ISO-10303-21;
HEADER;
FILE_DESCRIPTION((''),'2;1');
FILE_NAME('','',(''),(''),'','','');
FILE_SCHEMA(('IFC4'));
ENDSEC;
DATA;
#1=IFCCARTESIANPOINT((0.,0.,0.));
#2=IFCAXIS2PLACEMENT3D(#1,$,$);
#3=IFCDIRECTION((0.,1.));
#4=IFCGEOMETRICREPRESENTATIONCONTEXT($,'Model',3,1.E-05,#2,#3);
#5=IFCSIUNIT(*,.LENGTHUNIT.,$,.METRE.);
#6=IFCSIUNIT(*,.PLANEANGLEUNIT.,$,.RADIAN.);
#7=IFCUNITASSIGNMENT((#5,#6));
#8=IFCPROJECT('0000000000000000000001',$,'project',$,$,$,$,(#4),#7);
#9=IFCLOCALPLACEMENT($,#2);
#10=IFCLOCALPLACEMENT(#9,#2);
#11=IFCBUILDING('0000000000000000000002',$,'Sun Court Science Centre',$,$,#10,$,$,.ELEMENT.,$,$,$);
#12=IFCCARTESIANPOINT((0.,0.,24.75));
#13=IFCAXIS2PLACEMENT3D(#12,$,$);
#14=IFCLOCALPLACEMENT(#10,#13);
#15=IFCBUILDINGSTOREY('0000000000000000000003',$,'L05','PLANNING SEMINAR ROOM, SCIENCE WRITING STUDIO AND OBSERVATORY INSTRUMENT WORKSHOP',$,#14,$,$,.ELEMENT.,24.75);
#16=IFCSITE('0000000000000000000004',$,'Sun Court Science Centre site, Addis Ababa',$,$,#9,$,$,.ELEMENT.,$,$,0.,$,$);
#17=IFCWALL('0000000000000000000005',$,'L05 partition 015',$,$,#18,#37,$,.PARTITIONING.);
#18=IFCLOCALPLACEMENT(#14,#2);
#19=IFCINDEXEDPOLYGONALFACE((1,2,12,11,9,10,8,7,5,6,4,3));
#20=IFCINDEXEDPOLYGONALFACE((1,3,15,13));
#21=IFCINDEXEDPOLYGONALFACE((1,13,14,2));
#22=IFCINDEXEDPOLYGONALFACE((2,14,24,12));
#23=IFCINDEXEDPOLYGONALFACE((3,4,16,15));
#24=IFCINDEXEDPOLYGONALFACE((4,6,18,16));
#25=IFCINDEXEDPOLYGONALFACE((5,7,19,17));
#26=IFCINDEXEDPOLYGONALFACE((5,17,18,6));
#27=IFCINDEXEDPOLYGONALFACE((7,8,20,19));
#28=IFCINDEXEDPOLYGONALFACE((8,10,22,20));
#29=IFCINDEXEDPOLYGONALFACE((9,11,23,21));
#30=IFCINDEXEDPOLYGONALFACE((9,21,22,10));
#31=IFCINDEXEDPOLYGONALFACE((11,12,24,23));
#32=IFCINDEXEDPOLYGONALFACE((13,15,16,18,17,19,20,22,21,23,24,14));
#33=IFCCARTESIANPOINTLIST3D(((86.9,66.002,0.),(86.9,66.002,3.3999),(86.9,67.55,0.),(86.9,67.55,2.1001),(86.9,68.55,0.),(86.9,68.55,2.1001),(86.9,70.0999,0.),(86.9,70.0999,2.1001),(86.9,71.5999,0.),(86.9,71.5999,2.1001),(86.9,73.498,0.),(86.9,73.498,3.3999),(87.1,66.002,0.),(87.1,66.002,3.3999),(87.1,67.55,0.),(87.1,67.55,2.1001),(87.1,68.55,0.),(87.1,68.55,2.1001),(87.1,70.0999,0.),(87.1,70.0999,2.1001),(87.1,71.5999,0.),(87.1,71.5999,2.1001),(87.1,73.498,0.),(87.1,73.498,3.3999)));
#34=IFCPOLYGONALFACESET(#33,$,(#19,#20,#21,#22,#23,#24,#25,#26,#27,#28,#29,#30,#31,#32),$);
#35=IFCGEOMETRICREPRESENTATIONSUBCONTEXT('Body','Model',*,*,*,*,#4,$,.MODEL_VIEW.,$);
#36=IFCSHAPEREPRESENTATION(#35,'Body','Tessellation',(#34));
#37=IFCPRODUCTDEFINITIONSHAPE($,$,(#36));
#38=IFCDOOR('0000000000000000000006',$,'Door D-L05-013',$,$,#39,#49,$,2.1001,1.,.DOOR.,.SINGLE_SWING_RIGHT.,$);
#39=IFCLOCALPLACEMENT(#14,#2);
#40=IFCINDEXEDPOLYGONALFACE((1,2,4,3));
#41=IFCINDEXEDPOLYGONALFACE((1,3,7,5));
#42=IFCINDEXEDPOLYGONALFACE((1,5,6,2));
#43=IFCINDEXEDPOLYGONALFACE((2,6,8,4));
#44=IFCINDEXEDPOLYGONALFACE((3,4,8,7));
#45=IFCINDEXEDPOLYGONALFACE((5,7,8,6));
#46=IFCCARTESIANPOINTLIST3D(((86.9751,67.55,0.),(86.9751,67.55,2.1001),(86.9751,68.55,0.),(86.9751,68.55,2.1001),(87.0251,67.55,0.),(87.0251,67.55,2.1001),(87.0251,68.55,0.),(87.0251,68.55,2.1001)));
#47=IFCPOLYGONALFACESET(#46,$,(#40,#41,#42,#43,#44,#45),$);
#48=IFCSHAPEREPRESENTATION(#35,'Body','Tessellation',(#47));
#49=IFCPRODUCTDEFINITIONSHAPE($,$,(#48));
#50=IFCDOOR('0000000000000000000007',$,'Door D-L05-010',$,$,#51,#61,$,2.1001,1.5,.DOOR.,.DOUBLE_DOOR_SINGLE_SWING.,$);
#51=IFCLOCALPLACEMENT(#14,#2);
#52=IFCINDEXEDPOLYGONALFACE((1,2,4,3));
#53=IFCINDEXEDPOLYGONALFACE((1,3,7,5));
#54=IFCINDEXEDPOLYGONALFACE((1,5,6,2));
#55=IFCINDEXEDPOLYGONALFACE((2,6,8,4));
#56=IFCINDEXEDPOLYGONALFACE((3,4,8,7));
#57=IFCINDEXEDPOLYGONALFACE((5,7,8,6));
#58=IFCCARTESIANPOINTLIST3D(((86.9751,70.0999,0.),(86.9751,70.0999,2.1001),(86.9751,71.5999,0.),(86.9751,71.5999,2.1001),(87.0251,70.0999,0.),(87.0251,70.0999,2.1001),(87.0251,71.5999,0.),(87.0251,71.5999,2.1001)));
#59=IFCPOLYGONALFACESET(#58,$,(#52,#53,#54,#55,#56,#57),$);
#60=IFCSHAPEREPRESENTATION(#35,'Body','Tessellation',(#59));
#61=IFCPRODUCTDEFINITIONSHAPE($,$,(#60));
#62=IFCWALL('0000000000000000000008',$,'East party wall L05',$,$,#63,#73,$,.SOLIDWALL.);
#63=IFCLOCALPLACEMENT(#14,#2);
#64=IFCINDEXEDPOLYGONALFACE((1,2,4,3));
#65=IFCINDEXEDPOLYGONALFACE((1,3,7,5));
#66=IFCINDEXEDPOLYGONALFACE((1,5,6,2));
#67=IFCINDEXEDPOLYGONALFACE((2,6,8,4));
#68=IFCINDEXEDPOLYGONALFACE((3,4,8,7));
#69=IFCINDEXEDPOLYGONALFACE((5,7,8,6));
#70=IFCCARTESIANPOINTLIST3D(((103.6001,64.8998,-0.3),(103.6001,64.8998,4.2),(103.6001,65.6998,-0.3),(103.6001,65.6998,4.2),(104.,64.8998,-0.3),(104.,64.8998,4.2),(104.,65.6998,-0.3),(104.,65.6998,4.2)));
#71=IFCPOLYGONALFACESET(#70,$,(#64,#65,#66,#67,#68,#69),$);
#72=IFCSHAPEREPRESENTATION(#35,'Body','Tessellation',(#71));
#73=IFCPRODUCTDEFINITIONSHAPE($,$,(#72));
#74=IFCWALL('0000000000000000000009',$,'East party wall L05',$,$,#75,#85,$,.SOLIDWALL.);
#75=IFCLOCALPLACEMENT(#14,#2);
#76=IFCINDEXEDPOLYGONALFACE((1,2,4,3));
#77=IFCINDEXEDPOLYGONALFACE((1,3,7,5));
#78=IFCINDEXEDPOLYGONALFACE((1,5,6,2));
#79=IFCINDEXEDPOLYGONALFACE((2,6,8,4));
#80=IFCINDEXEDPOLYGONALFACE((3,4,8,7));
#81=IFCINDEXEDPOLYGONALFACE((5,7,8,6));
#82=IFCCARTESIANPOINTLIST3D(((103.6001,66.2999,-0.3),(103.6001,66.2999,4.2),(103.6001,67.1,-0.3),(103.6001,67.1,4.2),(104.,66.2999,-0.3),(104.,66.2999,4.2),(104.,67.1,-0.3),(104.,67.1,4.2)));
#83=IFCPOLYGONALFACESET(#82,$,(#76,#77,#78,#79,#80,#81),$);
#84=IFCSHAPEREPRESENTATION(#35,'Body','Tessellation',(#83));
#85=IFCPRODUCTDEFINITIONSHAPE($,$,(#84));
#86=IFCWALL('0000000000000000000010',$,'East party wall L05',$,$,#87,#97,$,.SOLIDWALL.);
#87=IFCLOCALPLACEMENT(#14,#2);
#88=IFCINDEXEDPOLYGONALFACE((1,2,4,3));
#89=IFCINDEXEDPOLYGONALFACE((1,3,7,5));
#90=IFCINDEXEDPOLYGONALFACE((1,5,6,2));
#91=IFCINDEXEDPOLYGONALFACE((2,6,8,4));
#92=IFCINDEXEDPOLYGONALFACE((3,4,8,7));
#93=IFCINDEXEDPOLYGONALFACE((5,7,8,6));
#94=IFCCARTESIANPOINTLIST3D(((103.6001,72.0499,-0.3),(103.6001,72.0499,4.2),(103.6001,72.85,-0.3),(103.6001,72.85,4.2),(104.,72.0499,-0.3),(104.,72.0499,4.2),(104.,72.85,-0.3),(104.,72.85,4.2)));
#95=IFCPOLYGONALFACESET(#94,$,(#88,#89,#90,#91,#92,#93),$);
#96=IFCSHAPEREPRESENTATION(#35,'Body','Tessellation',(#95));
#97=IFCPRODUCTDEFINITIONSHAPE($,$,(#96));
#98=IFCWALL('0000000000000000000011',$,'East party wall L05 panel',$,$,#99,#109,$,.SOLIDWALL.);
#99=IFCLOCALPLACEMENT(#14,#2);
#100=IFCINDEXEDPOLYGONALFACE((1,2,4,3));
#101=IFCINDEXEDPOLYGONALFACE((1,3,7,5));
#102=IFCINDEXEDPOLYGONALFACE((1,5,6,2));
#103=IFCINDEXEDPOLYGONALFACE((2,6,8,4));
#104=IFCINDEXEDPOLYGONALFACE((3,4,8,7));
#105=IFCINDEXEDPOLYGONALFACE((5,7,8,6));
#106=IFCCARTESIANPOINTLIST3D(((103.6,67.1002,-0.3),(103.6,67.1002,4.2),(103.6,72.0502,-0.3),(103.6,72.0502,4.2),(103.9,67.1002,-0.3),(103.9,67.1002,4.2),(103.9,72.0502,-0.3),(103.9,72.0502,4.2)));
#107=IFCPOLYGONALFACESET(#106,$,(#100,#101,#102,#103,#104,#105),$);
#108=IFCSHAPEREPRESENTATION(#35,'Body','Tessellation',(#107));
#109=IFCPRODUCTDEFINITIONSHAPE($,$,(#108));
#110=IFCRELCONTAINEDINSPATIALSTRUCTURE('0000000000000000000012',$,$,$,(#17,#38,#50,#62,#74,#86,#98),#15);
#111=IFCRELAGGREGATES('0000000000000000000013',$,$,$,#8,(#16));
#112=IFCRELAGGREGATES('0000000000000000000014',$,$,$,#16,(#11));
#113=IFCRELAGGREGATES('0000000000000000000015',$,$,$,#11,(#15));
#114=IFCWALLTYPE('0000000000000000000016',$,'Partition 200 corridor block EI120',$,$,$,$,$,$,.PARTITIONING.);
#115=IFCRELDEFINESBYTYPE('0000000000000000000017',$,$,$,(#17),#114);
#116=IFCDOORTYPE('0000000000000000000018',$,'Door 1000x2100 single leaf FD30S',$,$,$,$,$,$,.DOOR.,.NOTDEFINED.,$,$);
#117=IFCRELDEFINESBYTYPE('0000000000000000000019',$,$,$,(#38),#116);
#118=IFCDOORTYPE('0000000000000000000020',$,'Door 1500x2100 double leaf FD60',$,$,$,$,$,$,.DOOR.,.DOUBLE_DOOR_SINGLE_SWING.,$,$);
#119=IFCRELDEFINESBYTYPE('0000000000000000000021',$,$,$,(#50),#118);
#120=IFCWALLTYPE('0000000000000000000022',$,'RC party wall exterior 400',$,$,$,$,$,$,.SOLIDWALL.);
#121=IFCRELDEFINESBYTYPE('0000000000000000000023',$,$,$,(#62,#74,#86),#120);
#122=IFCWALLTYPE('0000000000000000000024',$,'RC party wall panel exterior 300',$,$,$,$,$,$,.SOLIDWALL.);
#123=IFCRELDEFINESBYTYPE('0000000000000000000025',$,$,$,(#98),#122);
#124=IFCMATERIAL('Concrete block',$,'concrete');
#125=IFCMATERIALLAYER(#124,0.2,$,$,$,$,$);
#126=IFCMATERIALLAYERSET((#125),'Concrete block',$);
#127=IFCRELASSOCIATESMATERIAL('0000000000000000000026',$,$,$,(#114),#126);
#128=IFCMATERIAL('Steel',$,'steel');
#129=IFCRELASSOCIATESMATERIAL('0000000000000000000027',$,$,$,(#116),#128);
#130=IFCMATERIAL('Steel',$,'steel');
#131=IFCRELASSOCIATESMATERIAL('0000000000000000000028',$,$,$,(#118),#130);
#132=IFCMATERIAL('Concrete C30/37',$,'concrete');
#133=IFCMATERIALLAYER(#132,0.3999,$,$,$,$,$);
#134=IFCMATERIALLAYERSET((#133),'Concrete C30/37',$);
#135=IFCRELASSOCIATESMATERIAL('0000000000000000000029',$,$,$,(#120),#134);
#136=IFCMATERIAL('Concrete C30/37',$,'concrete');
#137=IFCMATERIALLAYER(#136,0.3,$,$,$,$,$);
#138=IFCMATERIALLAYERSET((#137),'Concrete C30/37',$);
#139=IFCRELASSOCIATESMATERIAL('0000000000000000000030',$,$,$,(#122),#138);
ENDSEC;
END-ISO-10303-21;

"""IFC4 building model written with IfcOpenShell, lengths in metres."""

from ifc_helpers import new_model, si_unit, direction, frame, frame_2d, origin, place, context, subcontext, project, spatial, rectangle, extrude, material, layer, layer_set, type_object, element, fill, save


model = new_model("IFC4")

# Units and contexts
model_context = context("Model", 3, precision=1e-05, world=origin(), true_north=direction((0.0, 1.0)))
body_context = subcontext(model_context, "Body", "Model", "MODEL_VIEW")
ifc_project = project(units=[si_unit("LENGTHUNIT", "METRE"), si_unit("PLANEANGLEUNIT", "RADIAN")], contexts=[model_context])

# Site, building, storey
site_placement = place(None, origin())
site = spatial("IfcSite", under=ifc_project, at=site_placement, Name="Sun Court Science Centre site, Addis Ababa", CompositionType="ELEMENT", RefElevation=0.0)
building_placement = place(site_placement, origin())
building = spatial("IfcBuilding", under=site, at=building_placement, Name="Sun Court Science Centre", CompositionType="ELEMENT")
storey_placement = place(building_placement, frame((0.0, 0.0, 24.75)))
storey = spatial("IfcBuildingStorey", under=building, at=storey_placement, Name="L05", Description="PLANNING SEMINAR ROOM, SCIENCE WRITING STUDIO AND OBSERVATORY INSTRUMENT WORKSHOP", CompositionType="ELEMENT", Elevation=24.75)

# Wall, openings, doors
ifc_material_1 = material(Name="Concrete block", Category="concrete")
ifc_layer_1 = layer(ifc_material_1, 0.2)
ifc_layer_set_1 = layer_set([ifc_layer_1], Name="Concrete block")
wall_type_1 = type_object("IfcWallType", Name="Partition 200 corridor block EI120", PredefinedType="PARTITIONING", material=ifc_layer_set_1)
wall_1_placement = place(storey_placement, frame((87.0, 66.002, 0.0), z_axis=(0.0, 0.0, 1.0), x_axis=(0.0, 1.0, 0.0)))
wall_1 = element("IfcWall", 1, at=wall_1_placement, inside=storey, type_object=wall_type_1, Name="L05 partition 015", PredefinedType="PARTITIONING", context=body_context, shape_type="SweptSolid", body=[
    extrude(rectangle(XDim=7.4961, YDim=0.2, at=frame_2d((3.748, 0.0))), origin(), (0.0, 0.0, 1.0), 3.3999),
])
opening_1_placement = place(wall_1_placement, frame((4.0979, 0.0, 0.0)))
opening_1 = element("IfcOpeningElement", 2, at=opening_1_placement, cuts=wall_1, PredefinedType="OPENING", context=body_context, shape_type="SweptSolid", body=[
    extrude(rectangle(XDim=1.5, YDim=2.1001, at=frame_2d((0.75, 1.05))), frame((0.0, 0.1099, 0.0), z_axis=(0.0, -1.0, 0.0), x_axis=(1.0, 0.0, 0.0)), (0.0, 0.0, 1.0), 0.22),
])
opening_2_placement = place(wall_1_placement, frame((1.5481, 0.0, 0.0)))
opening_2 = element("IfcOpeningElement", 3, at=opening_2_placement, cuts=wall_1, PredefinedType="OPENING", context=body_context, shape_type="SweptSolid", body=[
    extrude(rectangle(XDim=1.0, YDim=2.1001, at=frame_2d((0.5, 1.05))), frame((0.0, 0.1099, 0.0), z_axis=(0.0, -1.0, 0.0), x_axis=(1.0, 0.0, 0.0)), (0.0, 0.0, 1.0), 0.22),
])
ifc_material_2 = material(Name="Steel", Category="steel")
door_type_1 = type_object("IfcDoorType", Name="Door 1000x2100 single leaf FD30S", OperationType="NOTDEFINED", PredefinedType="DOOR", material=ifc_material_2)
door_1_placement = place(opening_2_placement, origin())
door_1 = element("IfcDoor", 4, at=door_1_placement, inside=storey, type_object=door_type_1, Name="Door D-L05-013", OperationType="SINGLE_SWING_RIGHT", OverallHeight=2.1001, OverallWidth=1.0, PredefinedType="DOOR", context=body_context, shape_type="SweptSolid", body=[
    extrude(rectangle(XDim=1.0, YDim=2.1001, at=frame_2d((0.5, 1.05))), frame((0.0, 0.0249, 0.0), z_axis=(0.0, -1.0, 0.0), x_axis=(1.0, 0.0, 0.0)), (0.0, 0.0, 1.0), 0.05),
])
fill(opening_2, door_1)
ifc_material_3 = material(Name="Steel", Category="steel")
door_type_2 = type_object("IfcDoorType", Name="Door 1500x2100 double leaf FD60", OperationType="DOUBLE_DOOR_SINGLE_SWING", PredefinedType="DOOR", material=ifc_material_3)
door_2_placement = place(opening_1_placement, origin())
door_2 = element("IfcDoor", 5, at=door_2_placement, inside=storey, type_object=door_type_2, Name="Door D-L05-010", OperationType="DOUBLE_DOOR_SINGLE_SWING", OverallHeight=2.1001, OverallWidth=1.5, PredefinedType="DOOR", context=body_context, shape_type="SweptSolid", body=[
    extrude(rectangle(XDim=1.5, YDim=2.1001, at=frame_2d((0.75, 1.05))), frame((0.0, 0.0249, 0.0), z_axis=(0.0, -1.0, 0.0), x_axis=(1.0, 0.0, 0.0)), (0.0, 0.0, 1.0), 0.05),
])
fill(opening_1, door_2)

# Walls
ifc_material_4 = material(Name="Concrete C30/37", Category="concrete")
ifc_layer_2 = layer(ifc_material_4, 0.3999)
ifc_layer_set_2 = layer_set([ifc_layer_2], Name="Concrete C30/37")
wall_type_2 = type_object("IfcWallType", Name="RC party wall exterior 400", PredefinedType="SOLIDWALL", material=ifc_layer_set_2)
for number, where, z_axis, x_axis, name in (
    (6, (103.8, 64.8999, -0.3), (0.0, 0.0, 1.0), (0.0, 1.0, 0.0), "East party wall L05"),
    (7, (103.8, 66.3, -0.3), (0.0, 0.0, 1.0), (0.0, 1.0, 0.0), "East party wall L05"),
    (8, (103.8, 72.05, -0.3), (0.0, 0.0, 1.0), (0.0, 1.0, 0.0), "East party wall L05"),
):
    element("IfcWall", number, at=place(storey_placement, frame(where, z_axis=z_axis, x_axis=x_axis)), inside=storey, type_object=wall_type_2, Name=name, PredefinedType="SOLIDWALL", context=body_context, shape_type="SweptSolid", body=[
        extrude(rectangle(XDim=0.8, YDim=0.3999, at=frame_2d((0.3999, 0.0))), origin(), (0.0, 0.0, 1.0), 4.5),
    ])
ifc_material_5 = material(Name="Concrete C30/37", Category="concrete")
ifc_layer_3 = layer(ifc_material_5, 0.3)
ifc_layer_set_3 = layer_set([ifc_layer_3], Name="Concrete C30/37")
wall_type_3 = type_object("IfcWallType", Name="RC party wall panel exterior 300", PredefinedType="SOLIDWALL", material=ifc_layer_set_3)
wall_2_placement = place(storey_placement, frame((103.75, 67.1001, -0.3), z_axis=(0.0, 0.0, 1.0), x_axis=(0.0, 1.0, 0.0)))
element("IfcWall", 9, at=wall_2_placement, inside=storey, type_object=wall_type_3, Name="East party wall L05 panel", PredefinedType="SOLIDWALL", context=body_context, shape_type="SweptSolid", body=[
    extrude(rectangle(XDim=4.95, YDim=0.3, at=frame_2d((2.4751, 0.0))), origin(), (0.0, 0.0, 1.0), 4.5),
])

save(model, "model.ifc")
